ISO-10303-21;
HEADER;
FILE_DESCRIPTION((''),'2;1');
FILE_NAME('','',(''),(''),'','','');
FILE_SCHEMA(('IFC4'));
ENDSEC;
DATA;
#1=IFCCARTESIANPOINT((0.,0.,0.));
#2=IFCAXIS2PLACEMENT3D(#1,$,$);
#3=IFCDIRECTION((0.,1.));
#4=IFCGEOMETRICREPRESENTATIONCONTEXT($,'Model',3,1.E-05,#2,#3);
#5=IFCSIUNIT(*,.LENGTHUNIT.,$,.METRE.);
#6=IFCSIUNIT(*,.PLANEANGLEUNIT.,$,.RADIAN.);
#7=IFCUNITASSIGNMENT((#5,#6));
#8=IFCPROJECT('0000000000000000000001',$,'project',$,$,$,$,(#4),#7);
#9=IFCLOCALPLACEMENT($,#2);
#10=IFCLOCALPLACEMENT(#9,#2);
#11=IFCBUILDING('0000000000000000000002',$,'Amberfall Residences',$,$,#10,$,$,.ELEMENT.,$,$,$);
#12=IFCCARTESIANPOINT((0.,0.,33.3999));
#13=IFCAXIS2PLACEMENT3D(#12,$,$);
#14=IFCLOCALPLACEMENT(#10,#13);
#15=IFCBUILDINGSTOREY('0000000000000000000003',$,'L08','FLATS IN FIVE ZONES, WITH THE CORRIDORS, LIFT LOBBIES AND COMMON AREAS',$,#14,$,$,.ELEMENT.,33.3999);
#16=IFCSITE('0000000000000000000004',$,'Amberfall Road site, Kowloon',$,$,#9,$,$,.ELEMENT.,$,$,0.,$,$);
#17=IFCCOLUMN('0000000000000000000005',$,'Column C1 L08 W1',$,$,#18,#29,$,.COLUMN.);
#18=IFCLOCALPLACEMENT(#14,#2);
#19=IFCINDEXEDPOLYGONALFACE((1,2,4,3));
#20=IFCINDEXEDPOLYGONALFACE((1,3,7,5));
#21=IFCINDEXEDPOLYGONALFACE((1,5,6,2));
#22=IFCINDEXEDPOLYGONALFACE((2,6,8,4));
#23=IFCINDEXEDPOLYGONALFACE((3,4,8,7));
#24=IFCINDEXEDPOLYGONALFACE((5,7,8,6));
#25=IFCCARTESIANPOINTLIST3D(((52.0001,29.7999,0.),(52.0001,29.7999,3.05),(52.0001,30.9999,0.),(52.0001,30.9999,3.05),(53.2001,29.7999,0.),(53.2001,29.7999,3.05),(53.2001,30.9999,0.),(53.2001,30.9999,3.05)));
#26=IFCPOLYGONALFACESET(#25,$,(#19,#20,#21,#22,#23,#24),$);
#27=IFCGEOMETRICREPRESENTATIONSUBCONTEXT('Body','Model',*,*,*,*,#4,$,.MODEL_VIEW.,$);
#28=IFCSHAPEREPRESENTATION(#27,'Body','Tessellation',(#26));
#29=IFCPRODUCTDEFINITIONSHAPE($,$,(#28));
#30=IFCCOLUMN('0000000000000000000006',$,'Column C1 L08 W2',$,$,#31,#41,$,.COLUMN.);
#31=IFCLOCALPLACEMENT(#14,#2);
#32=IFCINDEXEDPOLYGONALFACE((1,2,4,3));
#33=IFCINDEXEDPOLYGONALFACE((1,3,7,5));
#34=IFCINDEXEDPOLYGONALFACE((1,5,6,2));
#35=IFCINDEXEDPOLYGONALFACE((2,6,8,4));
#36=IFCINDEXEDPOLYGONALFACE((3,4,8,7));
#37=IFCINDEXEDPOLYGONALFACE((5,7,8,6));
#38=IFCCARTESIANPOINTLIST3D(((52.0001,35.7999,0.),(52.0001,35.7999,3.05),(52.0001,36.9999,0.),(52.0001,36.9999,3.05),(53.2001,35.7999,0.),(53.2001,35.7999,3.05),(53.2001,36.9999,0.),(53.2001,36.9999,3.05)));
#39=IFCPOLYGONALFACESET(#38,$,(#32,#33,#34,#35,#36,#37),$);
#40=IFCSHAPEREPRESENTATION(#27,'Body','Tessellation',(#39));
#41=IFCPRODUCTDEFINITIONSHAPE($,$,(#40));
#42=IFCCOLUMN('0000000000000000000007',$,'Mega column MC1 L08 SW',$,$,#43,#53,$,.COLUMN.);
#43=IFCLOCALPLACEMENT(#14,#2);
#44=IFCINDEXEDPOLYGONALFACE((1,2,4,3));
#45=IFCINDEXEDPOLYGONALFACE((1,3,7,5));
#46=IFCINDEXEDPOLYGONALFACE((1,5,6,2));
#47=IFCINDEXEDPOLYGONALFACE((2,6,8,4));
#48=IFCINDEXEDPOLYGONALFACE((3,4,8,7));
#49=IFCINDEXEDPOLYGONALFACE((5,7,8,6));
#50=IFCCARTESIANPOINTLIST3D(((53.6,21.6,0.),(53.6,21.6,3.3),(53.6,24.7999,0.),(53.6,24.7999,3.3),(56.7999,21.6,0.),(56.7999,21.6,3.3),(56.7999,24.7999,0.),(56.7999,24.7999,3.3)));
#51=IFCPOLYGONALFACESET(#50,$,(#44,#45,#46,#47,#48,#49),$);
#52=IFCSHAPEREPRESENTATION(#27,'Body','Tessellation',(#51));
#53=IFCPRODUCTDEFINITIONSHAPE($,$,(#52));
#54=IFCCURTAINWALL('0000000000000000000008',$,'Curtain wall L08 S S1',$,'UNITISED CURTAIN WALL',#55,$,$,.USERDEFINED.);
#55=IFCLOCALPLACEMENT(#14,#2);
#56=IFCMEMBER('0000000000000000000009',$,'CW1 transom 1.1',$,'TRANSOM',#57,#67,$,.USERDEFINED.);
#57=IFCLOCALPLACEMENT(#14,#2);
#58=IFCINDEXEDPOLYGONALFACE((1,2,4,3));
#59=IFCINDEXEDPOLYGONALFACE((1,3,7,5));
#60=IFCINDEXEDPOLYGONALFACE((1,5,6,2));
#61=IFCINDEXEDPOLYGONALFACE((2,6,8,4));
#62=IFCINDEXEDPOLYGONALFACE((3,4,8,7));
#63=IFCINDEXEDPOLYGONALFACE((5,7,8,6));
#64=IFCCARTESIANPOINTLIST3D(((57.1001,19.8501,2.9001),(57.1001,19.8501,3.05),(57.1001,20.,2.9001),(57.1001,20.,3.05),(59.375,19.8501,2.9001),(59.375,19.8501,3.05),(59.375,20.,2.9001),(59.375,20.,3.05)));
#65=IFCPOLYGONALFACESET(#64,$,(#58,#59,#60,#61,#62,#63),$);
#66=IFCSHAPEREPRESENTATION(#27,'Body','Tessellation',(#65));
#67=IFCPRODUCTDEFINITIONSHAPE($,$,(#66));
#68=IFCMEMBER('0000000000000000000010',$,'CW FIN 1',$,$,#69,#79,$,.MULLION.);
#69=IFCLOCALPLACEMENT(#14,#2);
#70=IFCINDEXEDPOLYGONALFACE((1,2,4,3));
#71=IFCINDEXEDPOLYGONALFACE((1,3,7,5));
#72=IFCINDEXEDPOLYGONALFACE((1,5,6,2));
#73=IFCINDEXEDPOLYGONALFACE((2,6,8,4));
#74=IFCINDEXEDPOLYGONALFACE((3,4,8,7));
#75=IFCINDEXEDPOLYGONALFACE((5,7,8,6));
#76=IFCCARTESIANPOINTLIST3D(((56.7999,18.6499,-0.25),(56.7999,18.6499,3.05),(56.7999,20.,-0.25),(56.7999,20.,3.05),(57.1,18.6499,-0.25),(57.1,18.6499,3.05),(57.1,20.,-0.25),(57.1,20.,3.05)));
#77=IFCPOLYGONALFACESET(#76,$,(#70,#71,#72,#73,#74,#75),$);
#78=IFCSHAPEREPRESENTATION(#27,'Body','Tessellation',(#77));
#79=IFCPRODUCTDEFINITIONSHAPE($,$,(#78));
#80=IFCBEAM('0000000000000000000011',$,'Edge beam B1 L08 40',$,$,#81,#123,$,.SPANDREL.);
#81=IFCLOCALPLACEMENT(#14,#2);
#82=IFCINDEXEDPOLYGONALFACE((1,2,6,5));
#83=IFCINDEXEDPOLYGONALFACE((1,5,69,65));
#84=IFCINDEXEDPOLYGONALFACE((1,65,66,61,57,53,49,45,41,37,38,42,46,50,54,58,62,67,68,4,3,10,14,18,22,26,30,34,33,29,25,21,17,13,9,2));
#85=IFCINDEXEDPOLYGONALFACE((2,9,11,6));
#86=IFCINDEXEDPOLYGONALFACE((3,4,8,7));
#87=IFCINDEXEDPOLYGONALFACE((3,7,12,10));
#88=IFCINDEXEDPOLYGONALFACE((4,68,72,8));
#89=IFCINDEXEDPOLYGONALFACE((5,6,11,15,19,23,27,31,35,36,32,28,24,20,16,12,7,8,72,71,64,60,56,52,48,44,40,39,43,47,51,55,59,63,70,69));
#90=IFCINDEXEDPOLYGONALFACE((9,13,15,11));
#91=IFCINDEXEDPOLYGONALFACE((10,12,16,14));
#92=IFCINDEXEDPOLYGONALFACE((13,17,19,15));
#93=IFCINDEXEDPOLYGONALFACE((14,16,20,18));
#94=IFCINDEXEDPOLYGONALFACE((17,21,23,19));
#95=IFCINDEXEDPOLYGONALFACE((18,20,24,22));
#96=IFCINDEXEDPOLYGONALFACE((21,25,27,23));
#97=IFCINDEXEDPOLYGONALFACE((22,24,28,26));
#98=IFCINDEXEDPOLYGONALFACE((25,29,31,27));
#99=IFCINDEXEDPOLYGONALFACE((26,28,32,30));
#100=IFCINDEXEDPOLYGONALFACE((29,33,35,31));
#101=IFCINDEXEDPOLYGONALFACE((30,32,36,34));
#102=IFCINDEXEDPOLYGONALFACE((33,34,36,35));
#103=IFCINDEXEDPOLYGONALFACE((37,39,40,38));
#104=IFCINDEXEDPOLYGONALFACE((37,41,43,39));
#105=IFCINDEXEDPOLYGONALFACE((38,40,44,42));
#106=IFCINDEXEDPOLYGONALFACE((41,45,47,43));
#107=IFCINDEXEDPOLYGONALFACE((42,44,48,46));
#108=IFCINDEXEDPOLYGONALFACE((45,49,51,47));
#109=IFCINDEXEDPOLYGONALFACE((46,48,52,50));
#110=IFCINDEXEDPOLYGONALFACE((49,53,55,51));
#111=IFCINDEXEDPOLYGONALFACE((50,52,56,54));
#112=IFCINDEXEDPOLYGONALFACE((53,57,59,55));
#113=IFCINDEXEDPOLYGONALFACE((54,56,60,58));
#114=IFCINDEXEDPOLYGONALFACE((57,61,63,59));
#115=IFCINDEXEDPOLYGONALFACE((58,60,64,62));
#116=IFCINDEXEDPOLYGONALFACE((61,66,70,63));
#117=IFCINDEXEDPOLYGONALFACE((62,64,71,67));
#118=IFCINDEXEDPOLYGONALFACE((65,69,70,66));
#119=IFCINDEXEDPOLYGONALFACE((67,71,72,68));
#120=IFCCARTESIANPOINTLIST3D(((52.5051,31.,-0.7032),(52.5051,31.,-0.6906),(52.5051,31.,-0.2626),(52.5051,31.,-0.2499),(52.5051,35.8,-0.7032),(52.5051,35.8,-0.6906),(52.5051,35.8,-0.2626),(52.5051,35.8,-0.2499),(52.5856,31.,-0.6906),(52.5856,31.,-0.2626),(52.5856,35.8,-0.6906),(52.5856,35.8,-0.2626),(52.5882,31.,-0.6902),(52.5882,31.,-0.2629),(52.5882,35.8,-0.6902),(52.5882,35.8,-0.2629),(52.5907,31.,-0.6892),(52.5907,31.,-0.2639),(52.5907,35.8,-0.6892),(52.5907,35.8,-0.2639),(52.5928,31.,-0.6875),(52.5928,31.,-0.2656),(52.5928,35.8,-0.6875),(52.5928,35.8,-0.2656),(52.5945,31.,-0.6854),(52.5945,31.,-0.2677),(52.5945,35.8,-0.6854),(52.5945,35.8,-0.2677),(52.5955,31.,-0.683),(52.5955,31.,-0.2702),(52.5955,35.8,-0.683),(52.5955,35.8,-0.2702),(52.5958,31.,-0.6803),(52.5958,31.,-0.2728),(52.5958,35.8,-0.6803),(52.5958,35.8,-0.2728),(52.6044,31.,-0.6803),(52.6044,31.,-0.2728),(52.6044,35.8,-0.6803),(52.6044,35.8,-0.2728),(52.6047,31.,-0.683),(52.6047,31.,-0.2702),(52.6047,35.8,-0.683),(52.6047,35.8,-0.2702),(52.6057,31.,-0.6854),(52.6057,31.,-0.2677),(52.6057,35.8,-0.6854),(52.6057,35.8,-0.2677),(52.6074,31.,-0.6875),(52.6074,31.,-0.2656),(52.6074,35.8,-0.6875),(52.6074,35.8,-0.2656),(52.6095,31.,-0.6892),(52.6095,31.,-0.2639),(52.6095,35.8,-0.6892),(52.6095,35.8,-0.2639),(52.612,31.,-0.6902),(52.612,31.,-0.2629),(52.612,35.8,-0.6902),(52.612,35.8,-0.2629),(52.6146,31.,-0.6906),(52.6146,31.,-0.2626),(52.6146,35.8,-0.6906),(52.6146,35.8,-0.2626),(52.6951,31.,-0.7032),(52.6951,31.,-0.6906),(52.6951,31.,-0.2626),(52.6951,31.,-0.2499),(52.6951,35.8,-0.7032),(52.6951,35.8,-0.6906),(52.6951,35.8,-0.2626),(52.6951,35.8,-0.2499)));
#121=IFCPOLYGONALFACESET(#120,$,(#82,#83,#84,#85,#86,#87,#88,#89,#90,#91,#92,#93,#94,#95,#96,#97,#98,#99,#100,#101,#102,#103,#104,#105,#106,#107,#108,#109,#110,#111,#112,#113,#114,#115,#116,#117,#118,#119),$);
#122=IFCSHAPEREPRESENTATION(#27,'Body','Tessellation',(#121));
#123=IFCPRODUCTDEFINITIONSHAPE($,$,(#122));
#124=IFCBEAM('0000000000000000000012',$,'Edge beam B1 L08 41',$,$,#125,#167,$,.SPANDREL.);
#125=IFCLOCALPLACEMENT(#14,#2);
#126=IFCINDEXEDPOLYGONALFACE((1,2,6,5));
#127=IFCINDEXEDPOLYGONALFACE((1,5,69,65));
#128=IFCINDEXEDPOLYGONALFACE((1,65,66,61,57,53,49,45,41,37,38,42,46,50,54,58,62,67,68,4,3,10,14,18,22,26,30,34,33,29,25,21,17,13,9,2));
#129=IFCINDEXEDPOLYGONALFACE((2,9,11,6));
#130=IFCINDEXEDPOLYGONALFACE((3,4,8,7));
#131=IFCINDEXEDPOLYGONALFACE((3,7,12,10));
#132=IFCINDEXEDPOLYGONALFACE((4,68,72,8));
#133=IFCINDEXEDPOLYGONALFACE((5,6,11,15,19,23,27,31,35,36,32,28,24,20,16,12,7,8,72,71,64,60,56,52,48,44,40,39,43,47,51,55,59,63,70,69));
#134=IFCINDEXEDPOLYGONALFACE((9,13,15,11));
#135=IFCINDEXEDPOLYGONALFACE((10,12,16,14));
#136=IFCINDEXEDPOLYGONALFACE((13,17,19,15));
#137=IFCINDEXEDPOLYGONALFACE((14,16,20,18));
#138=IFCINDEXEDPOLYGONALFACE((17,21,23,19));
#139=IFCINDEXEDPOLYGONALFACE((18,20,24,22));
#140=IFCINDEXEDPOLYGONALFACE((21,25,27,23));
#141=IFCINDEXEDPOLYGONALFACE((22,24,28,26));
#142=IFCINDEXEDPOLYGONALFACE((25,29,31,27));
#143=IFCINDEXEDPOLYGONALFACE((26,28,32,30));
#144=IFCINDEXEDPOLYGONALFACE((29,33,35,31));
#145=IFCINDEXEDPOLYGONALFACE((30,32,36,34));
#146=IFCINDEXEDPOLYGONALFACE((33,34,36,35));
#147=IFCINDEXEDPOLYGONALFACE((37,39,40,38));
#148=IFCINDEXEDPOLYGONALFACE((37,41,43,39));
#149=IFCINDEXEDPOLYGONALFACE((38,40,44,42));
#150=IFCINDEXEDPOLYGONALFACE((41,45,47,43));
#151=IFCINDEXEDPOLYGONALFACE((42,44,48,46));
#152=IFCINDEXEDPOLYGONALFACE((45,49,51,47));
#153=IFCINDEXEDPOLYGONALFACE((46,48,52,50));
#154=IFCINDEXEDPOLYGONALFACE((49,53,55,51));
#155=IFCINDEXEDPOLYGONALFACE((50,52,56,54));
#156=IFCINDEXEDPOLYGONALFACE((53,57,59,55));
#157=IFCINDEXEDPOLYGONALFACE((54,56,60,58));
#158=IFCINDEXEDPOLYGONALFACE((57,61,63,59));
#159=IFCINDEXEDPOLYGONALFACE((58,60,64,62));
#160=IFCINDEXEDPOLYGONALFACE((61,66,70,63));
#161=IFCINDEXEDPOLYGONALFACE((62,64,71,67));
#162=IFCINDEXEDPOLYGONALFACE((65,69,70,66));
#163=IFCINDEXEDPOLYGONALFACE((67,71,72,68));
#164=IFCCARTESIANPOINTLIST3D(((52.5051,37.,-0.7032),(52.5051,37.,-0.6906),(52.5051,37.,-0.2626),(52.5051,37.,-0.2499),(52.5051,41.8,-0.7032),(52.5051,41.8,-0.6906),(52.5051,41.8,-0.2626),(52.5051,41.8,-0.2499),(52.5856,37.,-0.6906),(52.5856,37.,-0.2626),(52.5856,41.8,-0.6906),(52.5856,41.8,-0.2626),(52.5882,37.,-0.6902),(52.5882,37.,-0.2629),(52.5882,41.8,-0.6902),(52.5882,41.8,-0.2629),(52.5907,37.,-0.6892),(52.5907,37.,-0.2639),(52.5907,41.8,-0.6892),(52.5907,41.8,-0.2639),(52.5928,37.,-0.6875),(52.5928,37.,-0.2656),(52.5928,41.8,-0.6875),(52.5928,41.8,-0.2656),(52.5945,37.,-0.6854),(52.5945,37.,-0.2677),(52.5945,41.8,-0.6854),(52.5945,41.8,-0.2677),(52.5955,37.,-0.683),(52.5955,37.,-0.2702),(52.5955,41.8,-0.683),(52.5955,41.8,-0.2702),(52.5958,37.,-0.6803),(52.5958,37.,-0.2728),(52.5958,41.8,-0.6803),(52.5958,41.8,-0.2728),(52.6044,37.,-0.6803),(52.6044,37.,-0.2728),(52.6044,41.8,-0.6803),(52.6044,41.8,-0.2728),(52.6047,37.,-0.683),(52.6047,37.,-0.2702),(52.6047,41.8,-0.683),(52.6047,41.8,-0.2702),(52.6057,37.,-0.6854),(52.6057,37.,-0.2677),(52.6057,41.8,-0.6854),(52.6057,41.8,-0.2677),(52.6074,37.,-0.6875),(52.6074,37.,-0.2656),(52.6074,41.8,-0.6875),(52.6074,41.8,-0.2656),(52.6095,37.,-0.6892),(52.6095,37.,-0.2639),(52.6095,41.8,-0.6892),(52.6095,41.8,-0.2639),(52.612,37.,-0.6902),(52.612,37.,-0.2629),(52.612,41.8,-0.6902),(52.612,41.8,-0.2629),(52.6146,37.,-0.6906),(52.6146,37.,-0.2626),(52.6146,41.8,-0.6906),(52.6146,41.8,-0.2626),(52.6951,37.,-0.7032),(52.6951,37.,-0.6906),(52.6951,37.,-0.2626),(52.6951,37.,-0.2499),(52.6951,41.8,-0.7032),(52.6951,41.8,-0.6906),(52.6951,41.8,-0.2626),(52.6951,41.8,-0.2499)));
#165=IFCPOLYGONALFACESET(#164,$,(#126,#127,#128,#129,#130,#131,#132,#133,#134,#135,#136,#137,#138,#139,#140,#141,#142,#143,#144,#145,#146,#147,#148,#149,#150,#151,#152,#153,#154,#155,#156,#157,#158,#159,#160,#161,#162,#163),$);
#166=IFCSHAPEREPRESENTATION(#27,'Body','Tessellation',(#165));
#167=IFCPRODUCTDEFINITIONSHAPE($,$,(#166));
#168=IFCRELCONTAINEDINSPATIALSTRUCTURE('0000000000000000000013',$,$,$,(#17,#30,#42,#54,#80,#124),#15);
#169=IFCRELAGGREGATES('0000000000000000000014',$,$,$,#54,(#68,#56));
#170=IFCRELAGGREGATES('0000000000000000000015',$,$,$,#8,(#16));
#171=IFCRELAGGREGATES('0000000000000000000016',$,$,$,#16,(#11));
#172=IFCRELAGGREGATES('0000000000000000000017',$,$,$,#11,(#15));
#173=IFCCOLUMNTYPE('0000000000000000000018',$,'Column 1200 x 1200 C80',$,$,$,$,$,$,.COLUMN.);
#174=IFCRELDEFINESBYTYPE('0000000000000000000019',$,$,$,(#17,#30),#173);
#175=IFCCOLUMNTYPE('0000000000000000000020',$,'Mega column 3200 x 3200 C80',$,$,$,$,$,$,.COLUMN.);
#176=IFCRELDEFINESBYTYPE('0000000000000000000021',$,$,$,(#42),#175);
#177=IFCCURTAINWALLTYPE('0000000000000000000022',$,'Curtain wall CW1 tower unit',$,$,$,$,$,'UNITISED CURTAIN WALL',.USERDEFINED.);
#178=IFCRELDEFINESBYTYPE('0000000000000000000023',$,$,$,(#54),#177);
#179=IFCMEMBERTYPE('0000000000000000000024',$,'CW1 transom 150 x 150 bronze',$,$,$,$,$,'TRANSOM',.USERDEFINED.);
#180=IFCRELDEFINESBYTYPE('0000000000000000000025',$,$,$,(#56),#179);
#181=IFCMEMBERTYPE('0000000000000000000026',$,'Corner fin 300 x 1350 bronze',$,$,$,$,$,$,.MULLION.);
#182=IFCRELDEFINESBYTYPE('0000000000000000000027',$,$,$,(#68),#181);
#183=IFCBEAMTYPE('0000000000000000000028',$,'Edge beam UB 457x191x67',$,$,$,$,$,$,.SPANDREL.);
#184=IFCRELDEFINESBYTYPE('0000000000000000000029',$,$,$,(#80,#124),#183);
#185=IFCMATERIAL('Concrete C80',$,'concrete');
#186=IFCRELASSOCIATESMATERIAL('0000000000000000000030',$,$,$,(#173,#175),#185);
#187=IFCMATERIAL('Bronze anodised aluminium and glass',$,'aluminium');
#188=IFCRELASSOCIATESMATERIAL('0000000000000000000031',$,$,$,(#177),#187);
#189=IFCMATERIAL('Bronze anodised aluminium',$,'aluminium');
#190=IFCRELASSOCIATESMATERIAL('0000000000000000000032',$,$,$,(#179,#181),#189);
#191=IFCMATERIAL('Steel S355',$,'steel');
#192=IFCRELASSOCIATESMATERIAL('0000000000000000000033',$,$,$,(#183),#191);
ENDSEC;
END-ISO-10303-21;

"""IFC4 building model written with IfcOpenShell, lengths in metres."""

from ifc_helpers import new_model, si_unit, direction, frame, origin, origin_2d, place, context, subcontext, project, spatial, rectangle, i_section, extrude, material, material_profile, profile_set, type_object, element, aggregate, save


model = new_model("IFC4")

# Units and contexts
model_context = context("Model", 3, precision=1e-05, world=origin(), true_north=direction((0.0, 1.0)))
body_context = subcontext(model_context, "Body", "Model", "MODEL_VIEW")
ifc_project = project(units=[si_unit("LENGTHUNIT", "METRE"), si_unit("PLANEANGLEUNIT", "RADIAN")], contexts=[model_context])

# Site, building, storey
site_placement = place(None, origin())
site = spatial("IfcSite", under=ifc_project, at=site_placement, Name="Amberfall Road site, Kowloon", CompositionType="ELEMENT", RefElevation=0.0)
building_placement = place(site_placement, origin())
building = spatial("IfcBuilding", under=site, at=building_placement, Name="Amberfall Residences", CompositionType="ELEMENT")
storey_placement = place(building_placement, frame((0.0, 0.0, 33.3999)))
storey = spatial("IfcBuildingStorey", under=building, at=storey_placement, Name="L08", Description="FLATS IN FIVE ZONES, WITH THE CORRIDORS, LIFT LOBBIES AND COMMON AREAS", CompositionType="ELEMENT", Elevation=33.3999)

# Columns
ifc_material_1 = material(Name="Concrete C80", Category="concrete")
ifc_material_profile_1 = material_profile(ifc_material_1, rectangle(XDim=1.2, YDim=1.2, at=origin_2d()), Name="Column 1200 x 1200 C80")
ifc_profile_set_1 = profile_set([ifc_material_profile_1], Name="Concrete C80")
column_type_1 = type_object("IfcColumnType", Name="Column 1200 x 1200 C80", PredefinedType="COLUMN", material=ifc_profile_set_1)
for number, where, z_axis, x_axis, name in (
    (1, (52.6001, 30.3999, 0.0), (0.0, 0.0, 1.0), (1.0, 0.0, 0.0), "Column C1 L08 W1"),
    (2, (52.6001, 36.3999, 0.0), (0.0, 0.0, 1.0), (1.0, 0.0, 0.0), "Column C1 L08 W2"),
):
    element("IfcColumn", number, at=place(storey_placement, frame(where, z_axis=z_axis, x_axis=x_axis)), inside=storey, type_object=column_type_1, Name=name, PredefinedType="COLUMN", context=body_context, shape_type="SweptSolid", body=[
        extrude(rectangle(XDim=1.2, YDim=1.2, at=origin_2d()), origin(), (0.0, 0.0, 1.0), 3.05),
    ])
ifc_material_profile_2 = material_profile(ifc_material_1, rectangle(XDim=3.2, YDim=3.2, at=origin_2d()), Name="Mega column 3200 x 3200 C80")
ifc_profile_set_2 = profile_set([ifc_material_profile_2], Name="Concrete C80")
column_type_2 = type_object("IfcColumnType", Name="Mega column 3200 x 3200 C80", PredefinedType="COLUMN", material=ifc_profile_set_2)
column_placement = place(storey_placement, frame((55.2, 23.2, 0.0), z_axis=(0.0, 0.0, 1.0), x_axis=(1.0, 0.0, 0.0)))
element("IfcColumn", 3, at=column_placement, inside=storey, type_object=column_type_2, Name="Mega column MC1 L08 SW", PredefinedType="COLUMN", context=body_context, shape_type="SweptSolid", body=[
    extrude(rectangle(XDim=3.2, YDim=3.2, at=origin_2d()), origin(), (0.0, 0.0, 1.0), 3.3),
])

# Curtain wall, members
ifc_material_2 = material(Name="Bronze anodised aluminium and glass", Category="aluminium")
curtain_wall_type = type_object("IfcCurtainWallType", Name="Curtain wall CW1 tower unit", ElementType="UNITISED CURTAIN WALL", PredefinedType="USERDEFINED", material=ifc_material_2)
curtain_wall_placement = place(storey_placement, origin())
curtain_wall = element("IfcCurtainWall", 4, at=curtain_wall_placement, inside=storey, type_object=curtain_wall_type, Name="Curtain wall L08 S S1", ObjectType="UNITISED CURTAIN WALL", PredefinedType="USERDEFINED")
ifc_material_3 = material(Name="Bronze anodised aluminium", Category="aluminium")
ifc_material_profile_3 = material_profile(ifc_material_3, rectangle(XDim=0.1499, YDim=0.1499, at=origin_2d()), Name="CW1 transom 150 x 150 bronze")
ifc_profile_set_3 = profile_set([ifc_material_profile_3], Name="Bronze anodised aluminium")
member_type_1 = type_object("IfcMemberType", Name="CW1 transom 150 x 150 bronze", ElementType="TRANSOM", PredefinedType="USERDEFINED", material=ifc_profile_set_3)
member_1_placement = place(storey_placement, frame((57.1001, 19.925, 2.9751), z_axis=(1.0, 0.0, 0.0), x_axis=(0.0, 1.0, 0.0)))
member_1 = element("IfcMember", 5, at=member_1_placement, type_object=member_type_1, Name="CW1 transom 1.1", ObjectType="TRANSOM", PredefinedType="USERDEFINED", context=body_context, shape_type="SweptSolid", body=[
    extrude(rectangle(XDim=0.1499, YDim=0.1499, at=origin_2d()), origin(), (0.0, 0.0, 1.0), 2.2749),
])
ifc_material_profile_4 = material_profile(ifc_material_3, rectangle(XDim=1.3501, YDim=0.3, at=origin_2d()), Name="Corner fin 300 x 1350 bronze")
ifc_profile_set_4 = profile_set([ifc_material_profile_4], Name="Bronze anodised aluminium")
member_type_2 = type_object("IfcMemberType", Name="Corner fin 300 x 1350 bronze", PredefinedType="MULLION", material=ifc_profile_set_4)
member_2_placement = place(storey_placement, frame((56.95, 19.325, -0.25), z_axis=(0.0, 0.0, 1.0), x_axis=(0.0, 1.0, 0.0)))
member_2 = element("IfcMember", 6, at=member_2_placement, type_object=member_type_2, Name="CW FIN 1", PredefinedType="MULLION", context=body_context, shape_type="SweptSolid", body=[
    extrude(rectangle(XDim=1.3501, YDim=0.3, at=origin_2d()), origin(), (0.0, 0.0, 1.0), 3.3),
])

# Beams
ifc_material_4 = material(Name="Steel S355", Category="steel")
ifc_material_profile_5 = material_profile(ifc_material_4, i_section(OverallWidth=0.1899, OverallDepth=0.4534, WebThickness=0.0085, FlangeThickness=0.0127, FilletRadius=0.0103, at=origin_2d()), Name="UB 457x191x67")
ifc_profile_set_5 = profile_set([ifc_material_profile_5], Name="Steel S355")
beam_type_1 = type_object("IfcBeamType", Name="Edge beam UB 457x191x67", PredefinedType="SPANDREL", material=ifc_profile_set_5)
for number, where, z_axis, x_axis, name in (
    (7, (52.6001, 31.0, -0.4766), (0.0, 1.0, 0.0), (-1.0, 0.0, 0.0), "Edge beam B1 L08 40"),
    (8, (52.6001, 37.0, -0.4766), (0.0, 1.0, 0.0), (-1.0, 0.0, 0.0), "Edge beam B1 L08 41"),
):
    element("IfcBeam", number, at=place(storey_placement, frame(where, z_axis=z_axis, x_axis=x_axis)), inside=storey, type_object=beam_type_1, Name=name, PredefinedType="SPANDREL", context=body_context, shape_type="SweptSolid", body=[
        extrude(i_section(OverallWidth=0.1899, OverallDepth=0.4534, WebThickness=0.0085, FlangeThickness=0.0127, FilletRadius=0.0103, at=origin_2d()), origin(), (0.0, 0.0, 1.0), 4.8),
    ])

aggregate(curtain_wall, [member_2, member_1])

save(model, "model.ifc")
